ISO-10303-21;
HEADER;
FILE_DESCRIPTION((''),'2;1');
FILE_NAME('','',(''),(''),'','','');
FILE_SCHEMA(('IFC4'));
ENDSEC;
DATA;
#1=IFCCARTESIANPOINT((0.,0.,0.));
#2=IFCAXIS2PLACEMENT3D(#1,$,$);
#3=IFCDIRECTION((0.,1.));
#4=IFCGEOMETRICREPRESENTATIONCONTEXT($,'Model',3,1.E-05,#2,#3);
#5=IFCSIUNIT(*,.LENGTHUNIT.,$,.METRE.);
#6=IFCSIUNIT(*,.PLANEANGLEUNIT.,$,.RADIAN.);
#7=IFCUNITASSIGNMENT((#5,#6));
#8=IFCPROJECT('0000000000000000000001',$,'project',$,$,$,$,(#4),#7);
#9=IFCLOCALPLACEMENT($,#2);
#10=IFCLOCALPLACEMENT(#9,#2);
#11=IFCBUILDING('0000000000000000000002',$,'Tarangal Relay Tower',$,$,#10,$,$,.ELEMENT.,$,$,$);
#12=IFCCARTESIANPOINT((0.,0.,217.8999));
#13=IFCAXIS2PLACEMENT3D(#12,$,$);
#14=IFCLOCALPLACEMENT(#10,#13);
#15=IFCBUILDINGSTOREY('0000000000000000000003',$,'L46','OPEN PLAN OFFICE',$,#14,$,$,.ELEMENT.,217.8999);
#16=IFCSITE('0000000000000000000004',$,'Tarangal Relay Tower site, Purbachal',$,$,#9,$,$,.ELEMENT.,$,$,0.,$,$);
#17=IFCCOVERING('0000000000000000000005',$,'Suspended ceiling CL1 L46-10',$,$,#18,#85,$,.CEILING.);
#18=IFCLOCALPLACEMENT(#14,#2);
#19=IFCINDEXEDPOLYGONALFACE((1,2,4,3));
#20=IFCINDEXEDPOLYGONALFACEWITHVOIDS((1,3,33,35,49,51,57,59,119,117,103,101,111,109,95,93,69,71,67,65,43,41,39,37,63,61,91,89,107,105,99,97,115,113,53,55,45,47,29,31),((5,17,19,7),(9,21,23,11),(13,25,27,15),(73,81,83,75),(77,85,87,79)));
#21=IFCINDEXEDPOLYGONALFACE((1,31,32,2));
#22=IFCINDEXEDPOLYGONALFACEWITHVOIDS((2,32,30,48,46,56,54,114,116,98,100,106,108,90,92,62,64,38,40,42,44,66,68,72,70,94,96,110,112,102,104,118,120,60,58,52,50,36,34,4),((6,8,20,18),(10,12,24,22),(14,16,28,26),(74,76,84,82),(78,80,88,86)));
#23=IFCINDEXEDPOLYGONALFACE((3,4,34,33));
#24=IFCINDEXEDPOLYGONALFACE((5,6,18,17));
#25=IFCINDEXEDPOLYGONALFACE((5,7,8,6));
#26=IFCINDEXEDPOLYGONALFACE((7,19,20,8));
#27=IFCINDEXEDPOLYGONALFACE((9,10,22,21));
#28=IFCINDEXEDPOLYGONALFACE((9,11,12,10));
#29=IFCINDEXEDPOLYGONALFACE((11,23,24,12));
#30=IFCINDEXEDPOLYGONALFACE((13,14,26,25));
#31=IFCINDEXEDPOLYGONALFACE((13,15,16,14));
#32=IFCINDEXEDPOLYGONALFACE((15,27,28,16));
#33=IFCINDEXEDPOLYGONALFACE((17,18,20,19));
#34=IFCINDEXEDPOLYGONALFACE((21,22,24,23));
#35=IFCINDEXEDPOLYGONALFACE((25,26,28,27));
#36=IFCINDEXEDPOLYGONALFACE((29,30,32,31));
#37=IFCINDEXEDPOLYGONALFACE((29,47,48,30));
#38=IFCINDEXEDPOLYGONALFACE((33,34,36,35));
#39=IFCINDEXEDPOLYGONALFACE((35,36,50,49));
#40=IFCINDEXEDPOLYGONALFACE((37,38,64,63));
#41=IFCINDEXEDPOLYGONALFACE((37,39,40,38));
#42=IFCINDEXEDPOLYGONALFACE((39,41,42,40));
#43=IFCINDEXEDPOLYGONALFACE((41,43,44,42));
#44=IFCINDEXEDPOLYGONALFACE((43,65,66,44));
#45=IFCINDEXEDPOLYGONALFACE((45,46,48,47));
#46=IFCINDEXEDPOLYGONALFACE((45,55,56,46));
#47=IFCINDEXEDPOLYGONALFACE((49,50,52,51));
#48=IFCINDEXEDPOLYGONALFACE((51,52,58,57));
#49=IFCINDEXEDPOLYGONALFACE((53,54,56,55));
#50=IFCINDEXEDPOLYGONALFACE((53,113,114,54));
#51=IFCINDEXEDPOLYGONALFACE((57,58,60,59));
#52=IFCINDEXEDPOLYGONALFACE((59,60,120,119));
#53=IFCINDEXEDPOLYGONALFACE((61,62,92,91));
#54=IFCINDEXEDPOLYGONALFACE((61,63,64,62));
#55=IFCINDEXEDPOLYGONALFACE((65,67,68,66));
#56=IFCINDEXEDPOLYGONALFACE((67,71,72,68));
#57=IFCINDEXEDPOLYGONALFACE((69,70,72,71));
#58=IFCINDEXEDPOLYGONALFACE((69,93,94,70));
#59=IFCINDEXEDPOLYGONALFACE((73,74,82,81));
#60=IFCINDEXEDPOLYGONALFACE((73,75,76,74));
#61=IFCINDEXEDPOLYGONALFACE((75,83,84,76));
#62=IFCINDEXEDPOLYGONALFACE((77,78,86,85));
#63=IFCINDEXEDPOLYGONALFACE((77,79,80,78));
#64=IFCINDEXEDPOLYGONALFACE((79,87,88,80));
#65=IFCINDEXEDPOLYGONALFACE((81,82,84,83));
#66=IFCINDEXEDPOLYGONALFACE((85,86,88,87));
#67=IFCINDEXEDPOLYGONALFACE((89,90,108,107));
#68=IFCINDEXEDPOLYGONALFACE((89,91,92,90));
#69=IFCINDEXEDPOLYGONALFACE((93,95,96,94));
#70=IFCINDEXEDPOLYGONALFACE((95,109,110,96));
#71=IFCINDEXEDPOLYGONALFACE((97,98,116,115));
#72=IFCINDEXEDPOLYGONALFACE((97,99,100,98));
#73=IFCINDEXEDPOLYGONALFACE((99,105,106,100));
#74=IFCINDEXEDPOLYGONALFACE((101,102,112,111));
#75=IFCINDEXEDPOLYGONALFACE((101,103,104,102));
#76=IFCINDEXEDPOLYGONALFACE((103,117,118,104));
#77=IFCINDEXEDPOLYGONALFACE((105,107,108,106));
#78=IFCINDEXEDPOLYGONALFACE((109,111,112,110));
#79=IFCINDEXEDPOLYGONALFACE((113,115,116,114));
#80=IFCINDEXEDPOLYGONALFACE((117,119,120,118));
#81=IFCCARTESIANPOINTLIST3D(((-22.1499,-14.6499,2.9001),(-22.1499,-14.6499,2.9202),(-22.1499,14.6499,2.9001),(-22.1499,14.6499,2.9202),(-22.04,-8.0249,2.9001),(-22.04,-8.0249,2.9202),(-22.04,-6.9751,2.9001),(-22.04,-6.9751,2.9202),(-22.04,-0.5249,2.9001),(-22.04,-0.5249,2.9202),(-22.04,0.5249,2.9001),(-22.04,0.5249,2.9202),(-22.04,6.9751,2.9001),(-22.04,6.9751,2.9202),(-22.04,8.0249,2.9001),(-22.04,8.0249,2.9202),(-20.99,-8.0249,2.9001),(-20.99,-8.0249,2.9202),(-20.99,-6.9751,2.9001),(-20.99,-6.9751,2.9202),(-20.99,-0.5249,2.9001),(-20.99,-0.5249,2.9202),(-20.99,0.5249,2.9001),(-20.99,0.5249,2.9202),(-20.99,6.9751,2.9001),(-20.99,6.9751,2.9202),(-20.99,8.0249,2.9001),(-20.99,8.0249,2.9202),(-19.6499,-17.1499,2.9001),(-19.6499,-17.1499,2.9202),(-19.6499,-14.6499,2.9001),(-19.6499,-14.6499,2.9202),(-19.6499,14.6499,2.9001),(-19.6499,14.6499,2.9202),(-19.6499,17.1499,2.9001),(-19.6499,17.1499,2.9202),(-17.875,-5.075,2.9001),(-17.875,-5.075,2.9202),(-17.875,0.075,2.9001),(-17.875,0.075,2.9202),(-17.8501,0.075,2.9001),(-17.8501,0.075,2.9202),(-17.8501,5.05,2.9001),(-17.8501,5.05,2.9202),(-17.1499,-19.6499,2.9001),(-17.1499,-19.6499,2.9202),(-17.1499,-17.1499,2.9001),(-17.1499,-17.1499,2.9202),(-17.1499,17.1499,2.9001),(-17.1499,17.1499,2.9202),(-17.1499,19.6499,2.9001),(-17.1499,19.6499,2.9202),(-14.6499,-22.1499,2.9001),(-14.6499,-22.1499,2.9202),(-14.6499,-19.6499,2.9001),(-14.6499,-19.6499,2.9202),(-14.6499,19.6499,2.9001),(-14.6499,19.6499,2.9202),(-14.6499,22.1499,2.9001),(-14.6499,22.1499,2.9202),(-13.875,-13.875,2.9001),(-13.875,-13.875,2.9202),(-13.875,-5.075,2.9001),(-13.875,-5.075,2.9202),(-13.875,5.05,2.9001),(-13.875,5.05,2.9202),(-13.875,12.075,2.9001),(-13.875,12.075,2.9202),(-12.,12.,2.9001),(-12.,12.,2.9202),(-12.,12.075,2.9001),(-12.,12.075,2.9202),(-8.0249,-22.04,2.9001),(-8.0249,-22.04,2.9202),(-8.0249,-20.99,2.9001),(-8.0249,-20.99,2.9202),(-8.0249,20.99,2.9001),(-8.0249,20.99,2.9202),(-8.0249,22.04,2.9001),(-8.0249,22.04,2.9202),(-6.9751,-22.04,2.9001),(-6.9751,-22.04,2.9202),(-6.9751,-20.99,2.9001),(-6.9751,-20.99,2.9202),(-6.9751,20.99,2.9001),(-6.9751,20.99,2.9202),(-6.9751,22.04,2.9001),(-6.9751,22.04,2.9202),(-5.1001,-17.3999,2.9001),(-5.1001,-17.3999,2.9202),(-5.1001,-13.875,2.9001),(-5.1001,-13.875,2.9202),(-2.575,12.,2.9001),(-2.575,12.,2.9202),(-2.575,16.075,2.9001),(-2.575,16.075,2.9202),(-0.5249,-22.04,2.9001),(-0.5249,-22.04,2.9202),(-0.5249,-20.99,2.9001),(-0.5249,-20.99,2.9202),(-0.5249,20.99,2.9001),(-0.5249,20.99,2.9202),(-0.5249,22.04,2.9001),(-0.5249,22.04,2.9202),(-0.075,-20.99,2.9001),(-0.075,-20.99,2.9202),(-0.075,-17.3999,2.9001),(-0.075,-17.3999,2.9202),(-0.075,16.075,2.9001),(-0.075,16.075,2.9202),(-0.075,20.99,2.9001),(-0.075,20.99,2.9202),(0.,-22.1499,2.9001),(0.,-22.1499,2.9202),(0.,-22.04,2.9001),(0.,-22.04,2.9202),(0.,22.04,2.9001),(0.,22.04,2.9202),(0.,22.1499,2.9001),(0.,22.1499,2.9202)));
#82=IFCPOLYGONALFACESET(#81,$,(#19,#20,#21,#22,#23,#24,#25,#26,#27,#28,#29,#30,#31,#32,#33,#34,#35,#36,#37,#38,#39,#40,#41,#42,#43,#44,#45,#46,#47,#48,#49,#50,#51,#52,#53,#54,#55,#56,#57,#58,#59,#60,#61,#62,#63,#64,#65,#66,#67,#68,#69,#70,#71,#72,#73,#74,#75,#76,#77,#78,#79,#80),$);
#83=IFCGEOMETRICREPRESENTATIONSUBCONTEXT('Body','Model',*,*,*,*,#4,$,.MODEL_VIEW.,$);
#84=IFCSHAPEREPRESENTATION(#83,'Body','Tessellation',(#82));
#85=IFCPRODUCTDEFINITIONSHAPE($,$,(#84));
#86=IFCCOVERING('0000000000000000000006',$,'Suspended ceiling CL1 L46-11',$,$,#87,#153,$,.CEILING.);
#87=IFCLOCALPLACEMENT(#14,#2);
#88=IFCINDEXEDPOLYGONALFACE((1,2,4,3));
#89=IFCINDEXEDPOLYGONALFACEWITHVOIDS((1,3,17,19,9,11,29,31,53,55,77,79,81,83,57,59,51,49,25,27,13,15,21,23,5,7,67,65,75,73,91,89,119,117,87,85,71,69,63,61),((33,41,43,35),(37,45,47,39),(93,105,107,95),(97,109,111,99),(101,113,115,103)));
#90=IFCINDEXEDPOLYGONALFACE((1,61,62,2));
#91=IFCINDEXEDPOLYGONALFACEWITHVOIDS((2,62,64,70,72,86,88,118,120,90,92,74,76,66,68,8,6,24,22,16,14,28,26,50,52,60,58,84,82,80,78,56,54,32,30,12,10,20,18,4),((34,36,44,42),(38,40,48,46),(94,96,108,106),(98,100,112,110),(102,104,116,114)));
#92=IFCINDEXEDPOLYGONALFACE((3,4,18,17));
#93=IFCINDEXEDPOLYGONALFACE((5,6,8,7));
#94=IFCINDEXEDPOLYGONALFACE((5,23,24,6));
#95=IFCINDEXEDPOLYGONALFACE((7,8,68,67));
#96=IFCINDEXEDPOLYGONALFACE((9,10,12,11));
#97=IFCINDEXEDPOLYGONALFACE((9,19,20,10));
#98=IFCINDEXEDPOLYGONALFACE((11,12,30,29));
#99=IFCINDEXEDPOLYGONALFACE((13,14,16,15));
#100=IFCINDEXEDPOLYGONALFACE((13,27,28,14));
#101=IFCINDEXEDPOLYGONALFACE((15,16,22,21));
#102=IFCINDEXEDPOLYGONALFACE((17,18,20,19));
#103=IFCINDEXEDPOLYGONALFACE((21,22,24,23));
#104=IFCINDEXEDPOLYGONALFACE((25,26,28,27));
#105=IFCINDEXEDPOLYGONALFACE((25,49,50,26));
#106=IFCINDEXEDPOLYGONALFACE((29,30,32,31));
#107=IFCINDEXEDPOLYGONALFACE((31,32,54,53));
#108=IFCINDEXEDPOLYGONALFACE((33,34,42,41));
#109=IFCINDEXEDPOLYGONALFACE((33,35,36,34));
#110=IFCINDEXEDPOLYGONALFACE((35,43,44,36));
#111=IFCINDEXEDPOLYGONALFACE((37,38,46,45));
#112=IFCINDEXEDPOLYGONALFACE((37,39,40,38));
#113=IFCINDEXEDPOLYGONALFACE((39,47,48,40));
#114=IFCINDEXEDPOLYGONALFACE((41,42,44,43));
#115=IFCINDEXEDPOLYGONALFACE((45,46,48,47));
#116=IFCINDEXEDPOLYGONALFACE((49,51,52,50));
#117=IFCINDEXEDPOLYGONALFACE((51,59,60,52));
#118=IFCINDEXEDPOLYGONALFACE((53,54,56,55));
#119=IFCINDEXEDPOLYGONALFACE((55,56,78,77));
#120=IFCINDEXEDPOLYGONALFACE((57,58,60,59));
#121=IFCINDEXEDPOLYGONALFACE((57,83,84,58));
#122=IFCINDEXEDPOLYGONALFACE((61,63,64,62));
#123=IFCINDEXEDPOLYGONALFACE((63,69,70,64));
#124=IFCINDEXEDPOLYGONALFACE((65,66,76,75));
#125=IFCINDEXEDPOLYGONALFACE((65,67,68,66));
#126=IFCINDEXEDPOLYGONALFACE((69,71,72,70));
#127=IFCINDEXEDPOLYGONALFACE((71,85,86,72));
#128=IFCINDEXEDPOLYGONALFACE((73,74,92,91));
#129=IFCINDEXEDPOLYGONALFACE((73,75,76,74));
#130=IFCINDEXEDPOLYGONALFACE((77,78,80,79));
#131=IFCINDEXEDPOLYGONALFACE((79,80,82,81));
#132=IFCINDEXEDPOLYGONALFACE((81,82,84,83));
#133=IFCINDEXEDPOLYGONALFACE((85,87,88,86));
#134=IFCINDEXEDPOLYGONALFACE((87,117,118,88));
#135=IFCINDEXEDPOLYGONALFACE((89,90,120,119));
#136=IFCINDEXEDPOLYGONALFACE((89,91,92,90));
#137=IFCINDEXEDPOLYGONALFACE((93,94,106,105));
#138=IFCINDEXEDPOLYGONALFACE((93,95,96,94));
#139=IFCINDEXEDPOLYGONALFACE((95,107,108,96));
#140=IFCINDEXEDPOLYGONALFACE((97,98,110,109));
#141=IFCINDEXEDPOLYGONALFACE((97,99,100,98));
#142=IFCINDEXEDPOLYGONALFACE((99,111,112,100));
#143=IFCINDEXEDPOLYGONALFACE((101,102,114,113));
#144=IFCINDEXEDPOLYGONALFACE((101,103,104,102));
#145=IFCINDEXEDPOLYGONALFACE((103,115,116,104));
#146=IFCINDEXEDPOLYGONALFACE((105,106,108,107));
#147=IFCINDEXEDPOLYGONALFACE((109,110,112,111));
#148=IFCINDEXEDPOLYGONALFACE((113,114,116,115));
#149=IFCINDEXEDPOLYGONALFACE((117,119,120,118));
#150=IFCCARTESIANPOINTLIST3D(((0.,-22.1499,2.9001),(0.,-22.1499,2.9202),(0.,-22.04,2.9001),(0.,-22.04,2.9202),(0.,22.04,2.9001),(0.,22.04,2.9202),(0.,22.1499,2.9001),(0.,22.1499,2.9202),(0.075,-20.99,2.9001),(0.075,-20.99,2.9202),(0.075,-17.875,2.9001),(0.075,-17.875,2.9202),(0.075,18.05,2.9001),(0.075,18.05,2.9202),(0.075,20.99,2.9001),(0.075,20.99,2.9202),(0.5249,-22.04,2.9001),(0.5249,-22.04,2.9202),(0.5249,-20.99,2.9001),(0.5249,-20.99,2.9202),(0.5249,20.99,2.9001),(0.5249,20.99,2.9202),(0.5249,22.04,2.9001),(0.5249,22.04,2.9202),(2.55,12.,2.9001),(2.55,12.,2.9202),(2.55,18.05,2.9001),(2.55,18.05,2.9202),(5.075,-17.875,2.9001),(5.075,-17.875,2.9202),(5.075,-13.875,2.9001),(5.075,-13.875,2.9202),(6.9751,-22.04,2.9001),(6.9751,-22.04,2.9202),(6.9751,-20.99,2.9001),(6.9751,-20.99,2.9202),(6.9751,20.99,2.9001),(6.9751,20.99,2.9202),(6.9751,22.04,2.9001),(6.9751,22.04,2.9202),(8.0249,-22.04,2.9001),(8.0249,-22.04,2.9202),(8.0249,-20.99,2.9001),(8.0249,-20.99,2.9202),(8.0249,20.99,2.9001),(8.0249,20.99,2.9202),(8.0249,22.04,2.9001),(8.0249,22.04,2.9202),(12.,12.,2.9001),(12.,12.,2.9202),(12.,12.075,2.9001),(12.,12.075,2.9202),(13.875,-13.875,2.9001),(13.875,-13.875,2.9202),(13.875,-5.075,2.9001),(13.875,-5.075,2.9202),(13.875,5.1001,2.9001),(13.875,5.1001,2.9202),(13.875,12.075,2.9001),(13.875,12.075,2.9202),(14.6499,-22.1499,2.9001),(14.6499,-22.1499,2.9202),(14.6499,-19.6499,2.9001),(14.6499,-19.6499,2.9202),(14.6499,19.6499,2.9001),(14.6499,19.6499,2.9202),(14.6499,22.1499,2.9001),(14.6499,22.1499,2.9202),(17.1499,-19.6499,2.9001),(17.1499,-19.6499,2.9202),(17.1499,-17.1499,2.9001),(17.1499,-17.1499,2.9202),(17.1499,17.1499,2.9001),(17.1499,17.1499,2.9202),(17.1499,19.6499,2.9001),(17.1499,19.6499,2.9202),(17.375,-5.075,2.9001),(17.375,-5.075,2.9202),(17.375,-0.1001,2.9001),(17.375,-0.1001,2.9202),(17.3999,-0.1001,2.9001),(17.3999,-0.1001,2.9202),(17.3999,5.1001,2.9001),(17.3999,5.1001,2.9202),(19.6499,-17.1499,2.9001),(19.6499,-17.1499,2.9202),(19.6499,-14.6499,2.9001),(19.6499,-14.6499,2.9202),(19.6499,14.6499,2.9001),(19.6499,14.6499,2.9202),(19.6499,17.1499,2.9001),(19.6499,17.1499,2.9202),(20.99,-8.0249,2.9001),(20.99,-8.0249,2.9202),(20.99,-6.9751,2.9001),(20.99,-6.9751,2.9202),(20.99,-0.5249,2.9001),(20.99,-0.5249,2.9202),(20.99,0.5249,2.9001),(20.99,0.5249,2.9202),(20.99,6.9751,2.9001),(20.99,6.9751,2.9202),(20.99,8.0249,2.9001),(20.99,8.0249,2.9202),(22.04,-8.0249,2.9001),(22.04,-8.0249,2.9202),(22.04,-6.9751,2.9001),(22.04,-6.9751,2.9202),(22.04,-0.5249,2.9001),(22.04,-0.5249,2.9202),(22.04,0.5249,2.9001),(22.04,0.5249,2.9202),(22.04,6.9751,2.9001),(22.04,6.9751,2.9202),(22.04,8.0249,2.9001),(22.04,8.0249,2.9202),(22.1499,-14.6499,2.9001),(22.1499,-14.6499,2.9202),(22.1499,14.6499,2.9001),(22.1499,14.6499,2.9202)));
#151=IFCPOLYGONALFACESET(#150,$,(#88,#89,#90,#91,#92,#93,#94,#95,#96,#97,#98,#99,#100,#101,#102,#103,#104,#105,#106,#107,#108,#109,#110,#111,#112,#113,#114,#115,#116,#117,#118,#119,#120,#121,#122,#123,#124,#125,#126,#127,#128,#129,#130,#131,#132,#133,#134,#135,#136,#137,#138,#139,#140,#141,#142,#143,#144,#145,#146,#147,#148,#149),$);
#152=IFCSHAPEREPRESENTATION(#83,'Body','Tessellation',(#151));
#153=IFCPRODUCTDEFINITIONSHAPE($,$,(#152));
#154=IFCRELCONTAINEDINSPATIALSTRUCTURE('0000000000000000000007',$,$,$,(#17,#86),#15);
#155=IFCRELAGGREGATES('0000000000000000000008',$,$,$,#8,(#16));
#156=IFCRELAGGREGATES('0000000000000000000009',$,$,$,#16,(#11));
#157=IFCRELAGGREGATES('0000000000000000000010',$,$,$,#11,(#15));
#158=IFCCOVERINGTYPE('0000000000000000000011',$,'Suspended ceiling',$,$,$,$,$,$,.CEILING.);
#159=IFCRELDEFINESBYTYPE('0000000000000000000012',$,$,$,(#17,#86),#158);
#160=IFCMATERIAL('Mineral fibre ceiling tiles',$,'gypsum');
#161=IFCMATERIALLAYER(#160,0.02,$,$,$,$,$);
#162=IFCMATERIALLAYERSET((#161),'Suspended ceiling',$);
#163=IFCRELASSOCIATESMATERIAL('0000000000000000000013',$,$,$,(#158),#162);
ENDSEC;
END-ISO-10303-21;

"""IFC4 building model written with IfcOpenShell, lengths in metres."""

from ifc_helpers import new_model, si_unit, direction, frame, origin, place, context, subcontext, project, spatial, polyline, outline, extrude, material, layer, layer_set, type_object, element, save


model = new_model("IFC4")

# Units and contexts
model_context = context("Model", 3, precision=1e-05, world=origin(), true_north=direction((0.0, 1.0)))
body_context = subcontext(model_context, "Body", "Model", "MODEL_VIEW")
ifc_project = project(units=[si_unit("LENGTHUNIT", "METRE"), si_unit("PLANEANGLEUNIT", "RADIAN")], contexts=[model_context])

# Site, building, storey
site_placement = place(None, origin())
site = spatial("IfcSite", under=ifc_project, at=site_placement, Name="Tarangal Relay Tower site, Purbachal", CompositionType="ELEMENT", RefElevation=0.0)
building_placement = place(site_placement, origin())
building = spatial("IfcBuilding", under=site, at=building_placement, Name="Tarangal Relay Tower", CompositionType="ELEMENT")
storey_placement = place(building_placement, frame((0.0, 0.0, 217.8999)))
storey = spatial("IfcBuildingStorey", under=building, at=storey_placement, Name="L46", Description="OPEN PLAN OFFICE", CompositionType="ELEMENT", Elevation=217.8999)

# Coverings
ifc_material_1 = material(Name="Mineral fibre ceiling tiles", Category="gypsum")
ifc_layer_1 = layer(ifc_material_1, 0.02)
ifc_layer_set_1 = layer_set([ifc_layer_1], Name="Suspended ceiling")
covering_type = type_object("IfcCoveringType", Name="Suspended ceiling", PredefinedType="CEILING", material=ifc_layer_set_1)
covering_1_placement = place(storey_placement, frame((0.0, 0.0, 2.9001)))
element("IfcCovering", 1, at=covering_1_placement, inside=storey, type_object=covering_type, Name="Suspended ceiling CL1 L46-10", PredefinedType="CEILING", context=body_context, shape_type="SweptSolid", body=[
    extrude(outline(polyline([(-2.575, 16.075), (-0.075, 16.075), (-0.075, 20.99), (-0.5249, 20.99), (-0.5249, 22.04), (0.0, 22.04), (0.0, 22.1499), (-14.6499, 22.1499), (-14.6499, 19.6499), (-17.1499, 19.6499), (-17.1499, 17.1499), (-19.6499, 17.1499), (-19.6499, 14.6499), (-22.1499, 14.6499), (-22.1499, -14.6499), (-19.6499, -14.6499), (-19.6499, -17.1499), (-17.1499, -17.1499), (-17.1499, -19.6499), (-14.6499, -19.6499), (-14.6499, -22.1499), (0.0, -22.1499), (0.0, -22.04), (-0.5249, -22.04), (-0.5249, -20.99), (-0.075, -20.99), (-0.075, -17.3999), (-5.1001, -17.3999), (-5.1001, -13.875), (-13.875, -13.875), (-13.875, -5.075), (-17.875, -5.075), (-17.875, 0.075), (-17.8501, 0.075), (-17.8501, 5.05), (-13.875, 5.05), (-13.875, 12.075), (-12.0, 12.075), (-12.0, 12.0), (-2.575, 12.0), (-2.575, 16.075)]), holes=[polyline([(-8.0249, -22.04), (-6.9751, -22.04), (-6.9751, -20.99), (-8.0249, -20.99), (-8.0249, -22.04)]), polyline([(-22.04, -6.9751), (-22.04, -8.0249), (-20.99, -8.0249), (-20.99, -6.9751), (-22.04, -6.9751)]), polyline([(-22.04, 0.5249), (-22.04, -0.5249), (-20.99, -0.5249), (-20.99, 0.5249), (-22.04, 0.5249)]), polyline([(-22.04, 8.0249), (-22.04, 6.9751), (-20.99, 6.9751), (-20.99, 8.0249), (-22.04, 8.0249)]), polyline([(-8.0249, 22.04), (-8.0249, 20.99), (-6.9751, 20.99), (-6.9751, 22.04), (-8.0249, 22.04)])]), origin(), (0.0, 0.0, 1.0), 0.02),
])
covering_2_placement = place(storey_placement, frame((0.0, 0.0, 2.9001)))
element("IfcCovering", 2, at=covering_2_placement, inside=storey, type_object=covering_type, Name="Suspended ceiling CL1 L46-11", PredefinedType="CEILING", context=body_context, shape_type="SweptSolid", body=[
    extrude(outline(polyline([(12.0, 12.075), (13.875, 12.075), (13.875, 5.1001), (17.3999, 5.1001), (17.3999, -0.1001), (17.375, -0.1001), (17.375, -5.075), (13.875, -5.075), (13.875, -13.875), (5.075, -13.875), (5.075, -17.875), (0.075, -17.875), (0.075, -20.99), (0.5249, -20.99), (0.5249, -22.04), (0.0, -22.04), (0.0, -22.1499), (14.6499, -22.1499), (14.6499, -19.6499), (17.1499, -19.6499), (17.1499, -17.1499), (19.6499, -17.1499), (19.6499, -14.6499), (22.1499, -14.6499), (22.1499, 14.6499), (19.6499, 14.6499), (19.6499, 17.1499), (17.1499, 17.1499), (17.1499, 19.6499), (14.6499, 19.6499), (14.6499, 22.1499), (0.0, 22.1499), (0.0, 22.04), (0.5249, 22.04), (0.5249, 20.99), (0.075, 20.99), (0.075, 18.05), (2.55, 18.05), (2.55, 12.0), (12.0, 12.0), (12.0, 12.075)]), holes=[polyline([(6.9751, -20.99), (6.9751, -22.04), (8.0249, -22.04), (8.0249, -20.99), (6.9751, -20.99)]), polyline([(20.99, -6.9751), (20.99, -8.0249), (22.04, -8.0249), (22.04, -6.9751), (20.99, -6.9751)]), polyline([(20.99, 0.5249), (20.99, -0.5249), (22.04, -0.5249), (22.04, 0.5249), (20.99, 0.5249)]), polyline([(20.99, 8.0249), (20.99, 6.9751), (22.04, 6.9751), (22.04, 8.0249), (20.99, 8.0249)]), polyline([(6.9751, 22.04), (6.9751, 20.99), (8.0249, 20.99), (8.0249, 22.04), (6.9751, 22.04)])]), origin(), (0.0, 0.0, 1.0), 0.02),
])

save(model, "model.ifc")
